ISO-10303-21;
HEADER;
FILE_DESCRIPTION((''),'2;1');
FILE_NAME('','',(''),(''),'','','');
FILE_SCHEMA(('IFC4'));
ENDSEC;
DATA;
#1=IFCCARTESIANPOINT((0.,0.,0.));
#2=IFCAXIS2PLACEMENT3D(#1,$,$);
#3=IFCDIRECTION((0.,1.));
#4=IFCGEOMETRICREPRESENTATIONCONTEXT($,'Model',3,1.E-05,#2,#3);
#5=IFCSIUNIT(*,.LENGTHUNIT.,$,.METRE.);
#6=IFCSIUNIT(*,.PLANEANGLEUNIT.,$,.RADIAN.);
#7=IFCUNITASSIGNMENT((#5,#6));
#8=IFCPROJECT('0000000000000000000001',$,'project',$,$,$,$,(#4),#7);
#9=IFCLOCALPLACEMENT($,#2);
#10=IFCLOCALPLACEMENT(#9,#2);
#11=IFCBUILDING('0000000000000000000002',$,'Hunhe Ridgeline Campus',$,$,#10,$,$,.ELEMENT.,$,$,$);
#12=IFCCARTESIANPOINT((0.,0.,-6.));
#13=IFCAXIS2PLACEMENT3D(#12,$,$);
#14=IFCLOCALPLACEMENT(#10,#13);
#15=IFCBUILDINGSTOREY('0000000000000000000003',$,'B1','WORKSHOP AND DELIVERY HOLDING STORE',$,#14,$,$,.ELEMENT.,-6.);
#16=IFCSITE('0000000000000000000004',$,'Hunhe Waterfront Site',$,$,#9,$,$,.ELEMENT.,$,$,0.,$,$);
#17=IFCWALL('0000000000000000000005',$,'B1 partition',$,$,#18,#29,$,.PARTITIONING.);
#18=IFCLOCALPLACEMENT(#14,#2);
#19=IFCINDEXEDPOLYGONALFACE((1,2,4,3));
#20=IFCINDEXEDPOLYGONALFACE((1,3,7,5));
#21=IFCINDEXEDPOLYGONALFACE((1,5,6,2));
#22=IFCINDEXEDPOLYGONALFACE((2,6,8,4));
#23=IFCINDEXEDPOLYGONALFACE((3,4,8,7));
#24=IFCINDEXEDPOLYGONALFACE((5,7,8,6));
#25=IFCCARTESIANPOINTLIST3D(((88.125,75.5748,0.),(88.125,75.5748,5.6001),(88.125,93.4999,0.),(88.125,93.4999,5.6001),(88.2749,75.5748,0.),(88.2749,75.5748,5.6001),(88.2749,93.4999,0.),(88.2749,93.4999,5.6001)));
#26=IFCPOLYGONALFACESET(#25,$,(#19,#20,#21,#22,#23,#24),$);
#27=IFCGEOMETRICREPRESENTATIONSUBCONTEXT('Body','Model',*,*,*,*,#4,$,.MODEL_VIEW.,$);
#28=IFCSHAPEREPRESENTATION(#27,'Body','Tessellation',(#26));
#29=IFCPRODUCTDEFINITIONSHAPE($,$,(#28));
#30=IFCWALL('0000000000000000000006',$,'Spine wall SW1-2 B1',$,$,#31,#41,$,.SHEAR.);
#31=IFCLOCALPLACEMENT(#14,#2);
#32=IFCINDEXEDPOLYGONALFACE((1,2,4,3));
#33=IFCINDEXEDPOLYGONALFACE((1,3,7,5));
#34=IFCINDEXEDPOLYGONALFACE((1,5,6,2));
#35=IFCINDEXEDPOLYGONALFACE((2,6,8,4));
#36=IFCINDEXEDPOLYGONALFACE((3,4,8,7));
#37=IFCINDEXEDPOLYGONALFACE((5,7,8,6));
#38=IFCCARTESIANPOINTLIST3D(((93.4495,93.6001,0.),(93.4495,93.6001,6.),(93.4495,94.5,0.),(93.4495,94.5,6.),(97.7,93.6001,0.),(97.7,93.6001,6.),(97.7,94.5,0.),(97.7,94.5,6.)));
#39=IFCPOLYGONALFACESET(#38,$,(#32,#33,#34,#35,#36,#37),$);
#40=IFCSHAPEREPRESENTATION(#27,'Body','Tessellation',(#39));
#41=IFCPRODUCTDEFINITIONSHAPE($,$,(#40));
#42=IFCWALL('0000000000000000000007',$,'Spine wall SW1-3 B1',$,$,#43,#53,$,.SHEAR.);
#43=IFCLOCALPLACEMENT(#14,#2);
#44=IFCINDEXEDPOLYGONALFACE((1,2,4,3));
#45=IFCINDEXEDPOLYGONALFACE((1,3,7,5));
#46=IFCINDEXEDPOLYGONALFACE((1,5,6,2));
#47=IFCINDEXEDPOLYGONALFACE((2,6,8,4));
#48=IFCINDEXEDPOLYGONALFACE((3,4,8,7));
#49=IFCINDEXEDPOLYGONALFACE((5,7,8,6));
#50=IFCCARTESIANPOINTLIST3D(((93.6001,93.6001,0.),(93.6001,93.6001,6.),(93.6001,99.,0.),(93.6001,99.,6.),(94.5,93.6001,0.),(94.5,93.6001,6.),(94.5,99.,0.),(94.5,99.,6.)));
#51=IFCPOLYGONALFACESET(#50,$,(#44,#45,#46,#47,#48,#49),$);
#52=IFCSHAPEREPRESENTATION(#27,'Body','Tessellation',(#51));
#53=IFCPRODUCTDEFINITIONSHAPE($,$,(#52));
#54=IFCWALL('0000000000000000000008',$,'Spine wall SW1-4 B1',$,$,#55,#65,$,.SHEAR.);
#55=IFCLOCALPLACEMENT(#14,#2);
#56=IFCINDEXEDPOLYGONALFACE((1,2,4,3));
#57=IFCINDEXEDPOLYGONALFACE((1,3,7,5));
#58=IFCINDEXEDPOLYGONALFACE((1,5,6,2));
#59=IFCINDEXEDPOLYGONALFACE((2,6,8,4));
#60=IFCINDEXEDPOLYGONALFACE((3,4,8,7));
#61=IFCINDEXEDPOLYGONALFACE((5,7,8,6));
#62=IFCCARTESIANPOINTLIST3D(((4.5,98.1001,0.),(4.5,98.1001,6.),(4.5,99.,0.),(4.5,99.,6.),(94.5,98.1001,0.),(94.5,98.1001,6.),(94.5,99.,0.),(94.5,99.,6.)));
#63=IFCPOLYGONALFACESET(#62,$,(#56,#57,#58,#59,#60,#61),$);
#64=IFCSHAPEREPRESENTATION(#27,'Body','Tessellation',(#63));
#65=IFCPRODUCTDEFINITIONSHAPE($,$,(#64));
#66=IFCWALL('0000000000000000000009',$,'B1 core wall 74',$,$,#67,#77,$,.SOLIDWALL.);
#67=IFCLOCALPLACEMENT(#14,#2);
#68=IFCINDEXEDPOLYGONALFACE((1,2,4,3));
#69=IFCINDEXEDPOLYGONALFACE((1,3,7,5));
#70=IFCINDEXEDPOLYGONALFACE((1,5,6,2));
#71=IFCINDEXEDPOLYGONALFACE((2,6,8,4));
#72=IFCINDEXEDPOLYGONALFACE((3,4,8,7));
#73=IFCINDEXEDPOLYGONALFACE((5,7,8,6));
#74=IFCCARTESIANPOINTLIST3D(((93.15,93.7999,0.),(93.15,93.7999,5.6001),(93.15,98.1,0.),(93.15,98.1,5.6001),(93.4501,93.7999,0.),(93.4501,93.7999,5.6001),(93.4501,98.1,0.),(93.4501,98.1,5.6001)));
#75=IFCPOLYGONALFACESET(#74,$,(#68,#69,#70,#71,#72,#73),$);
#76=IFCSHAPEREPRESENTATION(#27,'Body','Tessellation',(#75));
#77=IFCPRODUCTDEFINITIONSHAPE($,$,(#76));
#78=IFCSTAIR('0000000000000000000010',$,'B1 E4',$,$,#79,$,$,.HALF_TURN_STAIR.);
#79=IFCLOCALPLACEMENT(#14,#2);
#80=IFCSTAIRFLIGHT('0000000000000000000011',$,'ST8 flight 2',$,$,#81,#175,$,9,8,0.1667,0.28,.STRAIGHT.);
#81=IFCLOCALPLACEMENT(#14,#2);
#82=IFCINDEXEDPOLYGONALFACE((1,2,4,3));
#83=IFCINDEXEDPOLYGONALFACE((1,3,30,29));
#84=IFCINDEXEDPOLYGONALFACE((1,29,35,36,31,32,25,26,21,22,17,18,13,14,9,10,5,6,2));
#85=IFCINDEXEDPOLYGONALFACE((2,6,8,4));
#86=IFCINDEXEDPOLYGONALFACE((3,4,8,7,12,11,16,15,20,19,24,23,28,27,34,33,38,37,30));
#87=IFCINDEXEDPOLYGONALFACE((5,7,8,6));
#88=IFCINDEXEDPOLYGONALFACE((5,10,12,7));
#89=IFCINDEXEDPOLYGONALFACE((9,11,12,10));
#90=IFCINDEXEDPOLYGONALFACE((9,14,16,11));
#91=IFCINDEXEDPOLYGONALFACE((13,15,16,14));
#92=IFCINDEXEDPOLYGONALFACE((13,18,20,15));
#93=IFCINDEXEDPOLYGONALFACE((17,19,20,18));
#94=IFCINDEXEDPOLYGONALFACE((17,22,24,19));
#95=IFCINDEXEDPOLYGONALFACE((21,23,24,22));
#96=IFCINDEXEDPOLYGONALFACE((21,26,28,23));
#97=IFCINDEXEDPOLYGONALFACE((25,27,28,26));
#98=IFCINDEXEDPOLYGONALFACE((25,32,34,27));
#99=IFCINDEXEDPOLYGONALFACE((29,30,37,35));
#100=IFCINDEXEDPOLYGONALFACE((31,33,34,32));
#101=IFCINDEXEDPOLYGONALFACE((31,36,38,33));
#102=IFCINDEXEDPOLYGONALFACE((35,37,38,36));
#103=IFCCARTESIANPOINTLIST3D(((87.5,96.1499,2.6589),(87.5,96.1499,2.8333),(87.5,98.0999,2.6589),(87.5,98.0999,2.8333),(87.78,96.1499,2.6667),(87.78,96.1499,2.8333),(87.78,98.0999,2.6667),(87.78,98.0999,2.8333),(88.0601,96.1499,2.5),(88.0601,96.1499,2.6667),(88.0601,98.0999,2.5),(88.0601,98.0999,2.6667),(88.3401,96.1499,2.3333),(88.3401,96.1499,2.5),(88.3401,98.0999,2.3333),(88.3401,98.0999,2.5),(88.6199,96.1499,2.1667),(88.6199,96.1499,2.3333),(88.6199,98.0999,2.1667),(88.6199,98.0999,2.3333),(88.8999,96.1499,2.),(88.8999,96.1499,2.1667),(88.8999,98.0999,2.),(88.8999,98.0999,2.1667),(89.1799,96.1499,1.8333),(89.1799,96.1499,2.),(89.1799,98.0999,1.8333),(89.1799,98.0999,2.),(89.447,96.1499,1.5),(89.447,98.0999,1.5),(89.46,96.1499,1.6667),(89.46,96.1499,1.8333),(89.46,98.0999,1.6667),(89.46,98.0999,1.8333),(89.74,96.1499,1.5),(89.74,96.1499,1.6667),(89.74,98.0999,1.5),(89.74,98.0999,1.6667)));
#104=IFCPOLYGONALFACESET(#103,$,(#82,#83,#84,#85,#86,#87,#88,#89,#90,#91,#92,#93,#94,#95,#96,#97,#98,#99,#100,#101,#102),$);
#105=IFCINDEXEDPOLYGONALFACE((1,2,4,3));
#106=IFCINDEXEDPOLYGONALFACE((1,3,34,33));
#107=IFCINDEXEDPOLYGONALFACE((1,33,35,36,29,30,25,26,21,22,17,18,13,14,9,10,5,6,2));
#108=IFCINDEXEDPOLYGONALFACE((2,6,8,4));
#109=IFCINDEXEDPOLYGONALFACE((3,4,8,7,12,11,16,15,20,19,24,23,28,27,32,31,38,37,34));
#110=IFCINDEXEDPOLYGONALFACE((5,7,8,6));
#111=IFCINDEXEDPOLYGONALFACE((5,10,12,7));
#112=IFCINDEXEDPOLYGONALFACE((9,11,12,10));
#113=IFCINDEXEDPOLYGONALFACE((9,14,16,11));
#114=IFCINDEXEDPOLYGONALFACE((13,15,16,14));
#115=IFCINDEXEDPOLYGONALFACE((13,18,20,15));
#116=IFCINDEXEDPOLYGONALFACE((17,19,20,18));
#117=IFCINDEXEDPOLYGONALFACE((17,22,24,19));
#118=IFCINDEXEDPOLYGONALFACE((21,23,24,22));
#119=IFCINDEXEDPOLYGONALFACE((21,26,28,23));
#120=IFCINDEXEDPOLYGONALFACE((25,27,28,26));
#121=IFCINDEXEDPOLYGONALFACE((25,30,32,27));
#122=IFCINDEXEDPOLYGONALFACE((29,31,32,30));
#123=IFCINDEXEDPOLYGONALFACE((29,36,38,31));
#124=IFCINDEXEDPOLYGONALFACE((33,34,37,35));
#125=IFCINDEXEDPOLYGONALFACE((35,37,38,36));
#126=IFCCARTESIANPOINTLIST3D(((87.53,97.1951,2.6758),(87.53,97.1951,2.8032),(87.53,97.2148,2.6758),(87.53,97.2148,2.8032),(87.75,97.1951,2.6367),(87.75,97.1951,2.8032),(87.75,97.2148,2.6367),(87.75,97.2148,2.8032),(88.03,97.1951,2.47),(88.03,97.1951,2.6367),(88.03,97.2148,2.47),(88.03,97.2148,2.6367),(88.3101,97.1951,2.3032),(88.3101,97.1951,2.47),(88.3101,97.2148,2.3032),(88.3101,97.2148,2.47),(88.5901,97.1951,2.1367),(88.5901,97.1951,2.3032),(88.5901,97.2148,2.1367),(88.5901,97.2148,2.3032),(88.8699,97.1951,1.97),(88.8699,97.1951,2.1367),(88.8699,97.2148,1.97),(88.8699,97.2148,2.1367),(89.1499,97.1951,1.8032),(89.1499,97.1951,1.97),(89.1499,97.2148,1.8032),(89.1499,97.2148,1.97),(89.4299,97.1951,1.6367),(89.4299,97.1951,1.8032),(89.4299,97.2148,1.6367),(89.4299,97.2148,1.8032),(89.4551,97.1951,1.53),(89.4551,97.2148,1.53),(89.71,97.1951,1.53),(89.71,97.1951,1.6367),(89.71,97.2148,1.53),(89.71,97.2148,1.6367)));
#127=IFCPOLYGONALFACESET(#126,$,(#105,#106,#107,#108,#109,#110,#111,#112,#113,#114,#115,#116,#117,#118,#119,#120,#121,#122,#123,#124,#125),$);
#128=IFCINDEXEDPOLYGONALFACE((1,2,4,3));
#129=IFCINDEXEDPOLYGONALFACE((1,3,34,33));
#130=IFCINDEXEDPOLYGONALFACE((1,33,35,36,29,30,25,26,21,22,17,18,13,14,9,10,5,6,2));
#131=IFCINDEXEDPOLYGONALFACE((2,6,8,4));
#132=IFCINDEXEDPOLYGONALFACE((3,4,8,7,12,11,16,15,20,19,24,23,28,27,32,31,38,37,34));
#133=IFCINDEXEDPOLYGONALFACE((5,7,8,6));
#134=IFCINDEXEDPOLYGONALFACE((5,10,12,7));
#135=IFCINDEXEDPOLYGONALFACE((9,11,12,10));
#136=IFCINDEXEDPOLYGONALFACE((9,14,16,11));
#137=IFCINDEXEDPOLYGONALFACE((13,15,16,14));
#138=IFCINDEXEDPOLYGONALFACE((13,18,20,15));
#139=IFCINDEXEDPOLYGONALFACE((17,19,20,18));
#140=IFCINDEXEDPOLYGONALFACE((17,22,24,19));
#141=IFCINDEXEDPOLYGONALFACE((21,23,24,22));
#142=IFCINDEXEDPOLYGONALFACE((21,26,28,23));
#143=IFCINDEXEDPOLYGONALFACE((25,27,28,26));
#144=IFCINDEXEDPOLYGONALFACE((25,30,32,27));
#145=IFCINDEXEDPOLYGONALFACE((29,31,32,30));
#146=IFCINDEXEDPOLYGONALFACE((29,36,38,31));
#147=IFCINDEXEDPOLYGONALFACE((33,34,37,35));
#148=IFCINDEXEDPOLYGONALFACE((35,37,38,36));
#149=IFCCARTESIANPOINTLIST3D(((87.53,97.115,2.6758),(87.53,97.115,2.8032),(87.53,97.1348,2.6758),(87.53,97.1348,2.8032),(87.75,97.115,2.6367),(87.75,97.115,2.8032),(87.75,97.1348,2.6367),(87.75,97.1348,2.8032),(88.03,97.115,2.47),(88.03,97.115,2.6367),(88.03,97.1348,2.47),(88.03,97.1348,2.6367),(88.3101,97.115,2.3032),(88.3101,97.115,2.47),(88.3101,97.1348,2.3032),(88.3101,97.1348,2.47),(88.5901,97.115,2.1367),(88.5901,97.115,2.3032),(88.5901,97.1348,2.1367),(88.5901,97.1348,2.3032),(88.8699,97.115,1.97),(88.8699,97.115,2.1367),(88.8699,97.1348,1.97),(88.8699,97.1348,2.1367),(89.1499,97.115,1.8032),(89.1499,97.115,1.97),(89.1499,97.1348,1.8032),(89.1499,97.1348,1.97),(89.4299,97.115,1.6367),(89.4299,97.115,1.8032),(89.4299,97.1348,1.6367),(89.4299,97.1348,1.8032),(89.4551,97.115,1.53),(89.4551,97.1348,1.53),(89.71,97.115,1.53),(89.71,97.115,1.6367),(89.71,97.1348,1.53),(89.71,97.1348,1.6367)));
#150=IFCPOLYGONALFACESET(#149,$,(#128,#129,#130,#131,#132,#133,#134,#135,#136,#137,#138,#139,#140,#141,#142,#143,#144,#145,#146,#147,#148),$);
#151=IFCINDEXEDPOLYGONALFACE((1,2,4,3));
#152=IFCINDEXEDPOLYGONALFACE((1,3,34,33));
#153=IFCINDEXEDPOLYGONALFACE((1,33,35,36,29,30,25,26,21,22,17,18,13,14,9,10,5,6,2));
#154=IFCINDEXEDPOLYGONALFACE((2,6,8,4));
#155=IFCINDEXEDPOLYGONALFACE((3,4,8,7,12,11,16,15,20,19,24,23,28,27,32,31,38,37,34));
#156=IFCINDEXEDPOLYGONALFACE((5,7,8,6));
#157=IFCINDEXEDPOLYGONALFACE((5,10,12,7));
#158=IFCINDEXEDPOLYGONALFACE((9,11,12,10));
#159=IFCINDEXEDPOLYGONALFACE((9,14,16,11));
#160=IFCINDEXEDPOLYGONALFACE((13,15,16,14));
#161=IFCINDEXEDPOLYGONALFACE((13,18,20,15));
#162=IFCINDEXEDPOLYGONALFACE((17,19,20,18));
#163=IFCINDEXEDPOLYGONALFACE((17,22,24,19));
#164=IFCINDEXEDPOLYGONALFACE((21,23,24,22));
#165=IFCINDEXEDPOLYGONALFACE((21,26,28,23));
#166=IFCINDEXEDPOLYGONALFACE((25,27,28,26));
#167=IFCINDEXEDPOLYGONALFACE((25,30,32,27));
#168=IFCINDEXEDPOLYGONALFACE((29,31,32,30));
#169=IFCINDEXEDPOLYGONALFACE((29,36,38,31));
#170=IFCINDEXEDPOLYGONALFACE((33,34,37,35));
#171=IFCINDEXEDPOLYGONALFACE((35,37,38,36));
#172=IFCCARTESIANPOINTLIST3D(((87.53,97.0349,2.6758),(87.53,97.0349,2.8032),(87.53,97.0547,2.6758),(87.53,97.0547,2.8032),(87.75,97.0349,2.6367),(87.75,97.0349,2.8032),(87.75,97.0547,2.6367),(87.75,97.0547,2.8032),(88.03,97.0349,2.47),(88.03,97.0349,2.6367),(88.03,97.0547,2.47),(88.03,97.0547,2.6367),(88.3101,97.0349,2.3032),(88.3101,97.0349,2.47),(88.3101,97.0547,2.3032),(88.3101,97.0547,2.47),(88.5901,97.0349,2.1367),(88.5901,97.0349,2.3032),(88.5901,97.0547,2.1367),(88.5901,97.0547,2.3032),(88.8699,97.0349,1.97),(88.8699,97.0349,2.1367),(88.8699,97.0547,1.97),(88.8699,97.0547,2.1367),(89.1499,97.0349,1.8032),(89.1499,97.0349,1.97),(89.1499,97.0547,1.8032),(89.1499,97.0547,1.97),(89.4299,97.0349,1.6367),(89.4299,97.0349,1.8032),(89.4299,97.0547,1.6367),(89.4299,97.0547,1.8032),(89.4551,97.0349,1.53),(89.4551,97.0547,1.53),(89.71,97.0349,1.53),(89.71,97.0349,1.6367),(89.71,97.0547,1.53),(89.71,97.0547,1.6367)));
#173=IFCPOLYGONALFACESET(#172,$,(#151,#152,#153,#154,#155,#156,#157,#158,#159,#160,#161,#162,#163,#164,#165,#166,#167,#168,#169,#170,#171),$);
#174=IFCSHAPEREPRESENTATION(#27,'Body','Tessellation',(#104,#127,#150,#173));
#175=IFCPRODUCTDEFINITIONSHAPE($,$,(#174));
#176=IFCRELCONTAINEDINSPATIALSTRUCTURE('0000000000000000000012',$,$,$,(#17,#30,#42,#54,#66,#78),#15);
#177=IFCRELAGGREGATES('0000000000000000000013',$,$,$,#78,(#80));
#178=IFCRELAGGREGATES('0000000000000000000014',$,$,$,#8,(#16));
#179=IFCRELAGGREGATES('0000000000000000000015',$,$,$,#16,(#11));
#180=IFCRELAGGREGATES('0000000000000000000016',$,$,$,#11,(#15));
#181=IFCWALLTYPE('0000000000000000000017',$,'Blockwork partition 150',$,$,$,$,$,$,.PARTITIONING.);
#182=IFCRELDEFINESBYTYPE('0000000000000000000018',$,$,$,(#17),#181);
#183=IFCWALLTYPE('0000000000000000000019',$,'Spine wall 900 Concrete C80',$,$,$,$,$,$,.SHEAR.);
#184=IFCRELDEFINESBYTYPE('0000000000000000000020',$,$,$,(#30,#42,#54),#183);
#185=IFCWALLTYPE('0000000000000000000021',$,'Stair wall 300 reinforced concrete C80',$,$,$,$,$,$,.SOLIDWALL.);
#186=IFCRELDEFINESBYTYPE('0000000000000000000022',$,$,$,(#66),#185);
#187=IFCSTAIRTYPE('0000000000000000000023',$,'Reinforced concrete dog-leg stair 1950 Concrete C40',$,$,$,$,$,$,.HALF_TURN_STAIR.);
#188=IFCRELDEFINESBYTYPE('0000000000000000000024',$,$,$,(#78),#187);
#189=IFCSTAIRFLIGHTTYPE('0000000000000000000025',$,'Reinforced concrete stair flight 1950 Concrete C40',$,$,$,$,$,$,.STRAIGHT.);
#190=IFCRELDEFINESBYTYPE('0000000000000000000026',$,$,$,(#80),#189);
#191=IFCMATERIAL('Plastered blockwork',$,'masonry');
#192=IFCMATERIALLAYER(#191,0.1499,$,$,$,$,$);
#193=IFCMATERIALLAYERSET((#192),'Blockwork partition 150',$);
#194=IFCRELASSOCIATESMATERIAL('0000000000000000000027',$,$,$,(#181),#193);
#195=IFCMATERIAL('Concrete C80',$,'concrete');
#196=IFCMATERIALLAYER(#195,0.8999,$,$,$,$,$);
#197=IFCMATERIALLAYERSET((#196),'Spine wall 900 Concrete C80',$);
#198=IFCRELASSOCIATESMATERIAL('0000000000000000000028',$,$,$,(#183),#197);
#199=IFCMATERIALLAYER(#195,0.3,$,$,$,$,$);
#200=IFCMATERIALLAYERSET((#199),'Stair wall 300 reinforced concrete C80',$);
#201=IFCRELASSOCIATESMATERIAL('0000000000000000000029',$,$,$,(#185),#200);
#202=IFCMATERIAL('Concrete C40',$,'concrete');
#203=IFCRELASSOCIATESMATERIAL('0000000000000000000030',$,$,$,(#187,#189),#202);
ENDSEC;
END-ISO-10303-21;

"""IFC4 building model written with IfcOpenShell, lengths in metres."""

from ifc_helpers import new_model, si_unit, direction, frame, frame_2d, origin, place, context, subcontext, project, spatial, polyline, rectangle, outline, extrude, material, layer, layer_set, type_object, element, aggregate, save


model = new_model("IFC4")

# Units and contexts
model_context = context("Model", 3, precision=1e-05, world=origin(), true_north=direction((0.0, 1.0)))
body_context = subcontext(model_context, "Body", "Model", "MODEL_VIEW")
ifc_project = project(units=[si_unit("LENGTHUNIT", "METRE"), si_unit("PLANEANGLEUNIT", "RADIAN")], contexts=[model_context])

# Site, building, storey
site_placement = place(None, origin())
site = spatial("IfcSite", under=ifc_project, at=site_placement, Name="Hunhe Waterfront Site", CompositionType="ELEMENT", RefElevation=0.0)
building_placement = place(site_placement, origin())
building = spatial("IfcBuilding", under=site, at=building_placement, Name="Hunhe Ridgeline Campus", CompositionType="ELEMENT")
storey_placement = place(building_placement, frame((0.0, 0.0, -6.0)))
storey = spatial("IfcBuildingStorey", under=building, at=storey_placement, Name="B1", Description="WORKSHOP AND DELIVERY HOLDING STORE", CompositionType="ELEMENT", Elevation=-6.0)

# Shared definitions
ifc_material_1 = material(Name="Concrete C80", Category="concrete")

# Walls
ifc_material_2 = material(Name="Plastered blockwork", Category="masonry")
ifc_layer_1 = layer(ifc_material_2, 0.1499)
ifc_layer_set_1 = layer_set([ifc_layer_1], Name="Blockwork partition 150")
wall_type_1 = type_object("IfcWallType", Name="Blockwork partition 150", PredefinedType="PARTITIONING", material=ifc_layer_set_1)
wall_1_placement = place(storey_placement, frame((88.2, 75.575, 0.0), z_axis=(0.0, 0.0, 1.0), x_axis=(0.0, 1.0, 0.0)))
element("IfcWall", 1, at=wall_1_placement, inside=storey, type_object=wall_type_1, Name="B1 partition", PredefinedType="PARTITIONING", context=body_context, shape_type="SweptSolid", body=[
    extrude(rectangle(XDim=17.925, YDim=0.1499, at=frame_2d((8.9624, 0.0))), origin(), (0.0, 0.0, 1.0), 5.6001),
])
ifc_layer_2 = layer(ifc_material_1, 0.8999)
ifc_layer_set_2 = layer_set([ifc_layer_2], Name="Spine wall 900 Concrete C80")
wall_type_2 = type_object("IfcWallType", Name="Spine wall 900 Concrete C80", PredefinedType="SHEAR", material=ifc_layer_set_2)
wall_2_placement = place(storey_placement, frame((97.7, 94.05, 0.0), z_axis=(0.0, 0.0, 1.0), x_axis=(-1.0, 0.0, 0.0)))
element("IfcWall", 2, at=wall_2_placement, inside=storey, type_object=wall_type_2, Name="Spine wall SW1-2 B1", PredefinedType="SHEAR", context=body_context, shape_type="SweptSolid", body=[
    extrude(rectangle(XDim=4.2505, YDim=0.8999, at=frame_2d((2.1252, 0.0))), origin(), (0.0, 0.0, 1.0), 6.0),
])
wall_3_placement = place(storey_placement, frame((94.05, 93.6001, 0.0), z_axis=(0.0, 0.0, 1.0), x_axis=(0.0, 1.0, 0.0)))
element("IfcWall", 3, at=wall_3_placement, inside=storey, type_object=wall_type_2, Name="Spine wall SW1-3 B1", PredefinedType="SHEAR", context=body_context, shape_type="SweptSolid", body=[
    extrude(rectangle(XDim=5.3999, YDim=0.8999, at=frame_2d((2.7, 0.0))), origin(), (0.0, 0.0, 1.0), 6.0),
])
wall_4_placement = place(storey_placement, frame((94.5, 98.55, 0.0), z_axis=(0.0, 0.0, 1.0), x_axis=(-1.0, 0.0, 0.0)))
element("IfcWall", 4, at=wall_4_placement, inside=storey, type_object=wall_type_2, Name="Spine wall SW1-4 B1", PredefinedType="SHEAR", context=body_context, shape_type="SweptSolid", body=[
    extrude(rectangle(XDim=90.0, YDim=0.8999, at=frame_2d((45.0, 0.0))), origin(), (0.0, 0.0, 1.0), 6.0),
])
ifc_layer_3 = layer(ifc_material_1, 0.3)
ifc_layer_set_3 = layer_set([ifc_layer_3], Name="Stair wall 300 reinforced concrete C80")
wall_type_3 = type_object("IfcWallType", Name="Stair wall 300 reinforced concrete C80", PredefinedType="SOLIDWALL", material=ifc_layer_set_3)
wall_5_placement = place(storey_placement, frame((93.3, 93.8, 0.0), z_axis=(0.0, 0.0, 1.0), x_axis=(0.0, 1.0, 0.0)))
element("IfcWall", 5, at=wall_5_placement, inside=storey, type_object=wall_type_3, Name="B1 core wall 74", PredefinedType="SOLIDWALL", context=body_context, shape_type="SweptSolid", body=[
    extrude(rectangle(XDim=4.3, YDim=0.3, at=frame_2d((2.1499, 0.0))), origin(), (0.0, 0.0, 1.0), 5.6001),
])

# Stair, stair flight
ifc_material_3 = material(Name="Concrete C40", Category="concrete")
stair_type = type_object("IfcStairType", Name="Reinforced concrete dog-leg stair 1950 Concrete C40", PredefinedType="HALF_TURN_STAIR", material=ifc_material_3)
stair_placement = place(storey_placement, origin())
stair = element("IfcStair", 6, at=stair_placement, inside=storey, type_object=stair_type, Name="B1 E4", PredefinedType="HALF_TURN_STAIR")
stair_flight_type = type_object("IfcStairFlightType", Name="Reinforced concrete stair flight 1950 Concrete C40", PredefinedType="STRAIGHT", material=ifc_material_3)
stair_flight_1_placement = place(storey_placement, frame((89.74, 97.125, 1.5), z_axis=(0.0, 0.0, 1.0), x_axis=(-1.0, 0.0, 0.0)))
stair_flight_1 = element("IfcStairFlight", 7, at=stair_flight_1_placement, type_object=stair_flight_type, Name="ST8 flight 2", NumberOfRisers=9, NumberOfTreads=8, PredefinedType="STRAIGHT", RiserHeight=0.1667, TreadLength=0.28, context=body_context, shape_type="SweptSolid", body=[
    extrude(outline(polyline([(0.0, 0.0), (0.0, 0.1667), (0.28, 0.1667), (0.28, 0.3333), (0.5601, 0.3333), (0.5601, 0.5), (0.8401, 0.5), (0.8401, 0.6667), (1.1201, 0.6667), (1.1201, 0.8333), (1.3999, 0.8333), (1.3999, 1.0), (1.6799, 1.0), (1.6799, 1.1667), (1.96, 1.1667), (1.96, 1.3333), (2.24, 1.3333), (2.24, 1.5), (2.24, 1.1589), (0.293, 0.0), (0.0, 0.0)])), frame((0.0, 0.9751, 0.0), z_axis=(0.0, -1.0, 0.0), x_axis=(1.0, 0.0, 0.0)), (0.0, 0.0, 1.0), 1.95),
    extrude(outline(polyline([(0.03, 0.03), (0.03, 0.1367), (0.3101, 0.1367), (0.3101, 0.3032), (0.5901, 0.3032), (0.5901, 0.47), (0.8701, 0.47), (0.8701, 0.6367), (1.1499, 0.6367), (1.1499, 0.8032), (1.4299, 0.8032), (1.4299, 0.97), (1.71, 0.97), (1.71, 1.1367), (1.99, 1.1367), (1.99, 1.3032), (2.21, 1.3032), (2.21, 1.1758), (0.2849, 0.03), (0.03, 0.03)])), frame((0.0, -0.0701, 0.0), z_axis=(0.0, -1.0, 0.0), x_axis=(1.0, 0.0, 0.0)), (0.0, 0.0, 1.0), 0.0198),
    extrude(outline(polyline([(0.03, 0.03), (0.03, 0.1367), (0.3101, 0.1367), (0.3101, 0.3032), (0.5901, 0.3032), (0.5901, 0.47), (0.8701, 0.47), (0.8701, 0.6367), (1.1499, 0.6367), (1.1499, 0.8032), (1.4299, 0.8032), (1.4299, 0.97), (1.71, 0.97), (1.71, 1.1367), (1.99, 1.1367), (1.99, 1.3032), (2.21, 1.3032), (2.21, 1.1758), (0.2849, 0.03), (0.03, 0.03)])), frame((0.0, 0.01, 0.0), z_axis=(0.0, -1.0, 0.0), x_axis=(1.0, 0.0, 0.0)), (0.0, 0.0, 1.0), 0.0198),
    extrude(outline(polyline([(0.03, 0.03), (0.03, 0.1367), (0.3101, 0.1367), (0.3101, 0.3032), (0.5901, 0.3032), (0.5901, 0.47), (0.8701, 0.47), (0.8701, 0.6367), (1.1499, 0.6367), (1.1499, 0.8032), (1.4299, 0.8032), (1.4299, 0.97), (1.71, 0.97), (1.71, 1.1367), (1.99, 1.1367), (1.99, 1.3032), (2.21, 1.3032), (2.21, 1.1758), (0.2849, 0.03), (0.03, 0.03)])), frame((0.0, 0.0901, 0.0), z_axis=(0.0, -1.0, 0.0), x_axis=(1.0, 0.0, 0.0)), (0.0, 0.0, 1.0), 0.0198),
])
aggregate(stair, [stair_flight_1])

save(model, "model.ifc")
